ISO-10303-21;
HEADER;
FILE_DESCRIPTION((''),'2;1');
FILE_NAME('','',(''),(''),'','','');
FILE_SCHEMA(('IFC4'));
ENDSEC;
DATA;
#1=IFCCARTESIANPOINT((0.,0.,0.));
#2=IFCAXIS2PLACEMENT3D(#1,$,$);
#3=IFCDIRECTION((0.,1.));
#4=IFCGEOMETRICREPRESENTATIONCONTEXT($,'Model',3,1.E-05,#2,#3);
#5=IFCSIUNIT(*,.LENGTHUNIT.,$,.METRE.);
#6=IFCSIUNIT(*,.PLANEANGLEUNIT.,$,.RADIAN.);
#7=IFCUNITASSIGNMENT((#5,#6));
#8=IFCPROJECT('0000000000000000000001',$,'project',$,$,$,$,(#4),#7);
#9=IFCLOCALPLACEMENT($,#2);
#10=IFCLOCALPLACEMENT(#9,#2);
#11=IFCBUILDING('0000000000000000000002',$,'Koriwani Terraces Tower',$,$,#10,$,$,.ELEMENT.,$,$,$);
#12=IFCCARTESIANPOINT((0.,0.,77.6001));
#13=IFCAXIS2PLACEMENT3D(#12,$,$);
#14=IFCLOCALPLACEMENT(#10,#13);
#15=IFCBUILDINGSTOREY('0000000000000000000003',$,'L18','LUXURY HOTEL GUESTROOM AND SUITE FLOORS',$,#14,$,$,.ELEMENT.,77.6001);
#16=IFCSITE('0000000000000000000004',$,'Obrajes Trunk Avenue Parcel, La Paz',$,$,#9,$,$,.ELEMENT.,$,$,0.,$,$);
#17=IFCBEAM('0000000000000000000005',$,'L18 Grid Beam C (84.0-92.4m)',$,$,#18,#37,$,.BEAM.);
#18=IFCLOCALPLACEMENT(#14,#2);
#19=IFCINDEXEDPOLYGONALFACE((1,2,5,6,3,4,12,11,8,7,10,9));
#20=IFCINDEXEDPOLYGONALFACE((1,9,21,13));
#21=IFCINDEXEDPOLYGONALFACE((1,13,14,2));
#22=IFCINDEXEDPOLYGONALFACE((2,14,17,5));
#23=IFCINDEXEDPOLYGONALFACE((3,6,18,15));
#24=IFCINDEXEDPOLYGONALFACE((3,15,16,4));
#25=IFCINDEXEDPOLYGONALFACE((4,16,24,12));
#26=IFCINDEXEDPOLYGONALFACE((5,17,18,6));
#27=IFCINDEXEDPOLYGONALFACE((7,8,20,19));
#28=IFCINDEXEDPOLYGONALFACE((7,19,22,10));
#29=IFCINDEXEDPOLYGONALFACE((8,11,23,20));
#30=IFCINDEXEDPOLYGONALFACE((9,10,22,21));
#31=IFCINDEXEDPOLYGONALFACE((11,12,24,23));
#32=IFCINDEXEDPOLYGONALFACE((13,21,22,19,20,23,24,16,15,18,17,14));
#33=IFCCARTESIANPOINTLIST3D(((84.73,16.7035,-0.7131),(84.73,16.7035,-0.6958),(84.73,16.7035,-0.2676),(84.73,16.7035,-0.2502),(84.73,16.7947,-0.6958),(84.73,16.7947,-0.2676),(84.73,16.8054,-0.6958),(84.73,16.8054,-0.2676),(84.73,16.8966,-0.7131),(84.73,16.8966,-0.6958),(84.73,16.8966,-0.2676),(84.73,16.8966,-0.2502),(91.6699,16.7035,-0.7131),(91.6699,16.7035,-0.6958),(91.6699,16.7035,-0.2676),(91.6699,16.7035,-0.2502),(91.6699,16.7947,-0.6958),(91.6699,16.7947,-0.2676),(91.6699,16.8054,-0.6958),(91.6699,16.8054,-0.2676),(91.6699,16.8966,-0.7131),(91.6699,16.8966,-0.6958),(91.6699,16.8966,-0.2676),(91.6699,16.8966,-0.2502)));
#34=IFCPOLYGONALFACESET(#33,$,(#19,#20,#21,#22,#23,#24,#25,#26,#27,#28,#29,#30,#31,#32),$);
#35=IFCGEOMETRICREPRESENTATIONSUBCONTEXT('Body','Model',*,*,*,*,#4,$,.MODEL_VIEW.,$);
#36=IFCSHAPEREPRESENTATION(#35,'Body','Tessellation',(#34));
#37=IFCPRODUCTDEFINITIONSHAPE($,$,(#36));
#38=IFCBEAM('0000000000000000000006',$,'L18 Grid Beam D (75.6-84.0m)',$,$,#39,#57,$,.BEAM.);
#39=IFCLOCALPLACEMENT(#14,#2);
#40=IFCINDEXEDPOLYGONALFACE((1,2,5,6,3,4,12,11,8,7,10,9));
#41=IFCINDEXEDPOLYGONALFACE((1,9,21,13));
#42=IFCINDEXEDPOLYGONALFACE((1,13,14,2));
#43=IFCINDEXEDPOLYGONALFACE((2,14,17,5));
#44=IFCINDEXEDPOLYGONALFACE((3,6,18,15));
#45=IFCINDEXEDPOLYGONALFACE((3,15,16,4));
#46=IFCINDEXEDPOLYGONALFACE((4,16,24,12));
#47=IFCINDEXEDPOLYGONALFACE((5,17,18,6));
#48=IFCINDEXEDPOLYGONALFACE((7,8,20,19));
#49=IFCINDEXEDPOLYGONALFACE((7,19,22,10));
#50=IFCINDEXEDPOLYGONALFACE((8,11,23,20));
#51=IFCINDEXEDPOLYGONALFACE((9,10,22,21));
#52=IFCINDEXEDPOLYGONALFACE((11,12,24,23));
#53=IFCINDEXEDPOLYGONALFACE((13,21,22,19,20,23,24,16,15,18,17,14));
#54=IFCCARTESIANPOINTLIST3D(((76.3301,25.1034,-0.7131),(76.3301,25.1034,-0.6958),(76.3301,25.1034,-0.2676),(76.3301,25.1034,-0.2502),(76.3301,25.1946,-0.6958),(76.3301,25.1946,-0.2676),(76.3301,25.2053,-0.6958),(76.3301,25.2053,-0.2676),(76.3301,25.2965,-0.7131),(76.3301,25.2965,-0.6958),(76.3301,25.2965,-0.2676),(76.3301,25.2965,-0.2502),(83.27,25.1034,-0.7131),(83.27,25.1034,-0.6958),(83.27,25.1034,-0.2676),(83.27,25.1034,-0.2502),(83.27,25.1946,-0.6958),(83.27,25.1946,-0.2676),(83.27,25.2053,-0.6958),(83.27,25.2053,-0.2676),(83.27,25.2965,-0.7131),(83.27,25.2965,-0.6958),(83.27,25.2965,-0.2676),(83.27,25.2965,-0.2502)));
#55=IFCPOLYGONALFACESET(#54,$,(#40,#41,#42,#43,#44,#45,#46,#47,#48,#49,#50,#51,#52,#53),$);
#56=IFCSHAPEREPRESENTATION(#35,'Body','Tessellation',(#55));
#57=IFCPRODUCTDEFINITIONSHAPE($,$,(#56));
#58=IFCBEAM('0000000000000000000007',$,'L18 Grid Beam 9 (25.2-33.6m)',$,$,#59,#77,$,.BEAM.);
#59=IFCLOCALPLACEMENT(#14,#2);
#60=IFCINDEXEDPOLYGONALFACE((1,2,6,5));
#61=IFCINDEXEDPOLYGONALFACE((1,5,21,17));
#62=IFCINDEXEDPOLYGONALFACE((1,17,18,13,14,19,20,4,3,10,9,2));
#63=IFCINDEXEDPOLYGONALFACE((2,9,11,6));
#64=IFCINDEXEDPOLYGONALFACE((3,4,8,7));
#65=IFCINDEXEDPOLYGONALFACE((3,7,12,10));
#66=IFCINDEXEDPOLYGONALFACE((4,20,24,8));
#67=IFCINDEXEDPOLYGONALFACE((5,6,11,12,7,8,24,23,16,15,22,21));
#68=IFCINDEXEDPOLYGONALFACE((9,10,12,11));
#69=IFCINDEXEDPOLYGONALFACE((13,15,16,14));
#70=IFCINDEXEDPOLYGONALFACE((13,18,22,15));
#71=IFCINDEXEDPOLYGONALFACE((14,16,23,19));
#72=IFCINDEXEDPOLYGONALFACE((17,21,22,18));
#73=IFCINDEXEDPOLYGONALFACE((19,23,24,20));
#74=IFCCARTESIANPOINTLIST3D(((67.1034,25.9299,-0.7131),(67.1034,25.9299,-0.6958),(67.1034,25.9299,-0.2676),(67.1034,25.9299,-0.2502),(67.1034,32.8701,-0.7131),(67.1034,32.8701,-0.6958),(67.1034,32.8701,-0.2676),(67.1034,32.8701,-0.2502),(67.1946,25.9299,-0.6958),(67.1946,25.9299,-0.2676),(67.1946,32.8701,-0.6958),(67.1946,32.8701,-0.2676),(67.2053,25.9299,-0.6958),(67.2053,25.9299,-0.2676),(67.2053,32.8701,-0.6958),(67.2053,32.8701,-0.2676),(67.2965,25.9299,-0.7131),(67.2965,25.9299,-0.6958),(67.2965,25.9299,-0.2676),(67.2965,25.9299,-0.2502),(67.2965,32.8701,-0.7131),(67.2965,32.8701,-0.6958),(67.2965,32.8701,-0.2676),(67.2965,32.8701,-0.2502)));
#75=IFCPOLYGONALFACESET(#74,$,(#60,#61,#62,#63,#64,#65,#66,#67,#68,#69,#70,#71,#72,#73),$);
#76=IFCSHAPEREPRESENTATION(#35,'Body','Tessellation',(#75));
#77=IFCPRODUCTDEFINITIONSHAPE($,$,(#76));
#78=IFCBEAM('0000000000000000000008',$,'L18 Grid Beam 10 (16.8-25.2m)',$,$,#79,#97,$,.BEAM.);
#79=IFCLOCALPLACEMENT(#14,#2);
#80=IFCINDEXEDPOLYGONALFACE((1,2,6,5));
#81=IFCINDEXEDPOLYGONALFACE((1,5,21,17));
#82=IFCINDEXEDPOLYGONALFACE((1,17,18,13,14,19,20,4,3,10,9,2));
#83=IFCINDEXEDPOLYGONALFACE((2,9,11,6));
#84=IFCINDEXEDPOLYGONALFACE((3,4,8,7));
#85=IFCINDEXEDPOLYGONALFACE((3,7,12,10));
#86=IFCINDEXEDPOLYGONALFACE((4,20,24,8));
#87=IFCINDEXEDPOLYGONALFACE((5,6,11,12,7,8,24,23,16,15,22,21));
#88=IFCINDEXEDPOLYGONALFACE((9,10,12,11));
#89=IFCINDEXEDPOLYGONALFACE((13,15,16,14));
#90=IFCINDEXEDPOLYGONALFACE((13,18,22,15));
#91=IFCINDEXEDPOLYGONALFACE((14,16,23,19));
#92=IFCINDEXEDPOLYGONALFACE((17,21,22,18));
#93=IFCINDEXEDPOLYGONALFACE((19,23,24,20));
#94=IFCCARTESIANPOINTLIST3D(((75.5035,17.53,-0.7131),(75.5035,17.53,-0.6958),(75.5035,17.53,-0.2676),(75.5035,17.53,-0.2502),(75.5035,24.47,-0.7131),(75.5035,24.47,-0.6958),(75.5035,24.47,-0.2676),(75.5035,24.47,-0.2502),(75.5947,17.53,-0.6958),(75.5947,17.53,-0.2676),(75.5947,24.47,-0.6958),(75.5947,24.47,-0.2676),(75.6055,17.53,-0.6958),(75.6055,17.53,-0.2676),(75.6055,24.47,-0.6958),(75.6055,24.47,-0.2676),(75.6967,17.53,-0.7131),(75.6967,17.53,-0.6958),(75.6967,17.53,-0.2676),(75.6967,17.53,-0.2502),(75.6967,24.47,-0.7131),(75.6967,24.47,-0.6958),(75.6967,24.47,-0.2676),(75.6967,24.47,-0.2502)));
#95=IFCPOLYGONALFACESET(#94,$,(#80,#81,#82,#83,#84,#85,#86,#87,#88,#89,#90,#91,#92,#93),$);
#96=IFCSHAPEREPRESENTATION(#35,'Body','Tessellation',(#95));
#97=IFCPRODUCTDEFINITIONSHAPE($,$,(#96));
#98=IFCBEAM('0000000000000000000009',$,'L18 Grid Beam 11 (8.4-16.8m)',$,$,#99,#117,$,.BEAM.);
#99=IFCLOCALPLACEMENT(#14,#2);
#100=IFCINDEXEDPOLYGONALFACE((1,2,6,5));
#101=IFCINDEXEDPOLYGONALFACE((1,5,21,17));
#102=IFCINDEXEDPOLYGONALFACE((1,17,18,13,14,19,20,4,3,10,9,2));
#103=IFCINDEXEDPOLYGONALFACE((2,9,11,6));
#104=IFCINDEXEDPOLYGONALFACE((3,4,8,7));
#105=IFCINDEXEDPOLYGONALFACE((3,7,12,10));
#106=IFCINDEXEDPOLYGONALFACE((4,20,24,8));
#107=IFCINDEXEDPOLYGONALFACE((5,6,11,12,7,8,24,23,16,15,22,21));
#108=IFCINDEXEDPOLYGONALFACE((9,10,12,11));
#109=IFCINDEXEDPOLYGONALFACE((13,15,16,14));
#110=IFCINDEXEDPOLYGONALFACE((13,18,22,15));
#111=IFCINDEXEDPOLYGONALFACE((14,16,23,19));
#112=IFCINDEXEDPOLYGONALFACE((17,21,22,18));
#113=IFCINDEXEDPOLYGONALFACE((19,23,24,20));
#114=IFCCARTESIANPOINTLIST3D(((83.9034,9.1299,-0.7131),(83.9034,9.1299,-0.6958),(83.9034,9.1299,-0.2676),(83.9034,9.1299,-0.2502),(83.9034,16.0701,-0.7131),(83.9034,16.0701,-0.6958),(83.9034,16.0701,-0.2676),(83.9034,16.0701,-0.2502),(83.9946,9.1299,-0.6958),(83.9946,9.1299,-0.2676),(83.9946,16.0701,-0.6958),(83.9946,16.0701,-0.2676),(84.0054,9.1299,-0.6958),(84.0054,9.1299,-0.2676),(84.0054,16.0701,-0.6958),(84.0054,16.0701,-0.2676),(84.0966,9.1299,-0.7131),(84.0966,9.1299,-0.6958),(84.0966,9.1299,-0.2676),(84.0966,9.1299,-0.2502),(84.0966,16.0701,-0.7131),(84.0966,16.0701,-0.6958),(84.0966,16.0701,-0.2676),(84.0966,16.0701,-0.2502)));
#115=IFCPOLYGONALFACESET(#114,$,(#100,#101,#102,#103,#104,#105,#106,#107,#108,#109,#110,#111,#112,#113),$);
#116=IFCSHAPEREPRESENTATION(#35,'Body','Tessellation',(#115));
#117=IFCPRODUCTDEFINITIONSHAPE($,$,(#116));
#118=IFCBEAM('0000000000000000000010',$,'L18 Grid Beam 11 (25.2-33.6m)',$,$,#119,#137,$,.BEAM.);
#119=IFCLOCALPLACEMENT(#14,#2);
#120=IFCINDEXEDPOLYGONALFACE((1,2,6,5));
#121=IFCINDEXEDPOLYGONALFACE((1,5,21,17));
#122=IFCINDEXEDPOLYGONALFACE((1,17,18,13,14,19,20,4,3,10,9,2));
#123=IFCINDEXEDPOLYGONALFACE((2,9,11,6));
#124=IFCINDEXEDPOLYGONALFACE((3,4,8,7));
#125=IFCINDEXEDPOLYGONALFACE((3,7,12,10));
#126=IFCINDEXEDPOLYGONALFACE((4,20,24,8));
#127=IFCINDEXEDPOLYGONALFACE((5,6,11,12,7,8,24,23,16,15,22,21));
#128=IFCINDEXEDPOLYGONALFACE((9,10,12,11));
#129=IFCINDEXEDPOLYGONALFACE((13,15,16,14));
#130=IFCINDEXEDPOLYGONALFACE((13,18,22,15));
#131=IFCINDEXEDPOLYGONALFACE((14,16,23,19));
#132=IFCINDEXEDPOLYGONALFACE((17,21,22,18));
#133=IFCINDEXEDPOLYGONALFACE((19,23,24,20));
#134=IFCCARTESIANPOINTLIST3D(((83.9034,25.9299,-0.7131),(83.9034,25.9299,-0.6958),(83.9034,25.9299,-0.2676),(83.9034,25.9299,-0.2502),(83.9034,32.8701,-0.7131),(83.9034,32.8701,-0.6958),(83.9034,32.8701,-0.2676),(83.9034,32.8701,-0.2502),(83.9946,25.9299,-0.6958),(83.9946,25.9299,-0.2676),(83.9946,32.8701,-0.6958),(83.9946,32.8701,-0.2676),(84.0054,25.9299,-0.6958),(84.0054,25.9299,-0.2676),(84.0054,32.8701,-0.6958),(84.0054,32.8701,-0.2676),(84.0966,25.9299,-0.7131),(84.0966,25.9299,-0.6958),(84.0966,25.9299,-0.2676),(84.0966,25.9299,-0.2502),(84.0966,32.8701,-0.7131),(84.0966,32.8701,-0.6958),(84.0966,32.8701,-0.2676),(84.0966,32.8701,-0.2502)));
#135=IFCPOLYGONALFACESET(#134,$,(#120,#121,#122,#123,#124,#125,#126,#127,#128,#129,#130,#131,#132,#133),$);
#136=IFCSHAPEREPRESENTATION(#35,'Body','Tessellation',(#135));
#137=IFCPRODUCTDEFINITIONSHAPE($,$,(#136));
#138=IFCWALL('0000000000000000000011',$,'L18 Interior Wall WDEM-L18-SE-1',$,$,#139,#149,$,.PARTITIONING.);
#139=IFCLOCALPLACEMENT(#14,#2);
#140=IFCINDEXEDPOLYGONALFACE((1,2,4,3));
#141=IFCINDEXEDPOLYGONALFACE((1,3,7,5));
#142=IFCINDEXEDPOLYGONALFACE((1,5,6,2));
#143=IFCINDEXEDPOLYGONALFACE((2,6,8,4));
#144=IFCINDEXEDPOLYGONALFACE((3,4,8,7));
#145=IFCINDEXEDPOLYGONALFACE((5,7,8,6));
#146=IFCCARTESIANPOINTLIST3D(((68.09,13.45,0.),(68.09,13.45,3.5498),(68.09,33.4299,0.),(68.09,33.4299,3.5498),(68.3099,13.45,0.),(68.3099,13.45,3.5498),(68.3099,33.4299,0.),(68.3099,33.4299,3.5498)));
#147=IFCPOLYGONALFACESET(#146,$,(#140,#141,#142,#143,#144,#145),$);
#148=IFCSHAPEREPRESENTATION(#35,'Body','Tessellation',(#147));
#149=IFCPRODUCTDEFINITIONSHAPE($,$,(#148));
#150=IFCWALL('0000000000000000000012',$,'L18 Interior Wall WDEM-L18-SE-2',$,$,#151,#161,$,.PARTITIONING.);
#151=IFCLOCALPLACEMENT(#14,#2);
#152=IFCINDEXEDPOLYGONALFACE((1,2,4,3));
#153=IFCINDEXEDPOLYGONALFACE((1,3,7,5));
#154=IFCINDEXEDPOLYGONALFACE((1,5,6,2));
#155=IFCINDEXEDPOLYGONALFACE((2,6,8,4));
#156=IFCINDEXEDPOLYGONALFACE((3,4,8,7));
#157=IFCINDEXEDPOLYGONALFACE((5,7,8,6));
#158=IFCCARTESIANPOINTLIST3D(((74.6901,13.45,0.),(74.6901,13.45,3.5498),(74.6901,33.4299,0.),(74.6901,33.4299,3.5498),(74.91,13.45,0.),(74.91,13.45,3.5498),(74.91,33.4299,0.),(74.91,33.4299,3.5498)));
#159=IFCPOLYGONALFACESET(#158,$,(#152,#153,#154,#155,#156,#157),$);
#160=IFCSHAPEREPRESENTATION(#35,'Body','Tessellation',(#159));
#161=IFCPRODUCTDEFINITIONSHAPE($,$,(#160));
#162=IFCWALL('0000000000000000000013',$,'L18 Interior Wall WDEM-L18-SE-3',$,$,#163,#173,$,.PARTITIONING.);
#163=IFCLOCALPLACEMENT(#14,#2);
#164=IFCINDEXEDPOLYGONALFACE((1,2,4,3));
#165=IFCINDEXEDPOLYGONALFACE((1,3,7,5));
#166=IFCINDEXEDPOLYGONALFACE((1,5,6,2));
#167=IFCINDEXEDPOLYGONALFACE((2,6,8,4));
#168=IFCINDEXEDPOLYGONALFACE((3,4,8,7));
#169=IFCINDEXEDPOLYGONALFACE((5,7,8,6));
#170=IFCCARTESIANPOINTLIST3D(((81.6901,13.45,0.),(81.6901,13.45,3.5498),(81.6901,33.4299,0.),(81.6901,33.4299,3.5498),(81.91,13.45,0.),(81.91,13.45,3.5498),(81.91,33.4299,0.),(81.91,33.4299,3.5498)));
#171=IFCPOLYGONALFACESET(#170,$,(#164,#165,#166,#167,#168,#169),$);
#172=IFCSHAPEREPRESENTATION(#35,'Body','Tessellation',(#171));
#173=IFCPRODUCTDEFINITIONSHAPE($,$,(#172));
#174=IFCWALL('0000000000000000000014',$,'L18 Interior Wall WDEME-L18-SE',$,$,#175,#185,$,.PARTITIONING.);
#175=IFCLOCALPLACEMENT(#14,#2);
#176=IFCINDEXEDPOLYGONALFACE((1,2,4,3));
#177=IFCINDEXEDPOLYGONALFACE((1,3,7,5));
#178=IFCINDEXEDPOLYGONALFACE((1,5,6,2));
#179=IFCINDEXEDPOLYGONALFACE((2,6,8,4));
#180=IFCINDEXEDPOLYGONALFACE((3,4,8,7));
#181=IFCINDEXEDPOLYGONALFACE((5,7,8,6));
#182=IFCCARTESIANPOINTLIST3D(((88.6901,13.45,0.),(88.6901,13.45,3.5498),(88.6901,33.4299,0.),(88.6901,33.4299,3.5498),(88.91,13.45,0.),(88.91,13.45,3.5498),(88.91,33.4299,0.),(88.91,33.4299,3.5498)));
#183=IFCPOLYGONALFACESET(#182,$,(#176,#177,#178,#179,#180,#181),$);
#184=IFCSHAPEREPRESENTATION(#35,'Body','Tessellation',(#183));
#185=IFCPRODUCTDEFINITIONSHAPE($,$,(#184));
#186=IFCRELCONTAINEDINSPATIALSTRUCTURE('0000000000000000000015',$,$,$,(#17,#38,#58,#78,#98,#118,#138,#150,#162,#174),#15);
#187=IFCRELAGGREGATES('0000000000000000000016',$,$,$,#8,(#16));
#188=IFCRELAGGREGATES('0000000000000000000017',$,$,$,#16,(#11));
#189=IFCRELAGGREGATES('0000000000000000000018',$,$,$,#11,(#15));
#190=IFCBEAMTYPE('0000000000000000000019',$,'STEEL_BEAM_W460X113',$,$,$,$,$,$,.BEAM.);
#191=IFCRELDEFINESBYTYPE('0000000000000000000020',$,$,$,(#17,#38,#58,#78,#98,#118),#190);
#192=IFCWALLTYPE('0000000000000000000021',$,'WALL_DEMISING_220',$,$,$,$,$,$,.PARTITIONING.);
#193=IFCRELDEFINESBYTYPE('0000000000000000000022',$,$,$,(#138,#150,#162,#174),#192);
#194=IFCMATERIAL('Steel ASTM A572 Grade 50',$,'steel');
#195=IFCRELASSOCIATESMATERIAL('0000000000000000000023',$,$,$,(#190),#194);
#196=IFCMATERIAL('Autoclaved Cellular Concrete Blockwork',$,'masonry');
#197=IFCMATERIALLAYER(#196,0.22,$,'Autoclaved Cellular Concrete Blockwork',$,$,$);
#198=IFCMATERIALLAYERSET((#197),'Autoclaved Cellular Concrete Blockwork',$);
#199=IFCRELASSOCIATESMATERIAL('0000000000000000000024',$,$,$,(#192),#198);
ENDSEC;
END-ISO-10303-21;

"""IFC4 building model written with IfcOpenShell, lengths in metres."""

from ifc_helpers import new_model, si_unit, direction, frame, frame_2d, origin, origin_2d, place, context, subcontext, project, spatial, rectangle, i_section, extrude, material, layer, layer_set, material_profile, profile_set, type_object, element, save


model = new_model("IFC4")

# Units and contexts
model_context = context("Model", 3, precision=1e-05, world=origin(), true_north=direction((0.0, 1.0)))
body_context = subcontext(model_context, "Body", "Model", "MODEL_VIEW")
ifc_project = project(units=[si_unit("LENGTHUNIT", "METRE"), si_unit("PLANEANGLEUNIT", "RADIAN")], contexts=[model_context])

# Site, building, storey
site_placement = place(None, origin())
site = spatial("IfcSite", under=ifc_project, at=site_placement, Name="Obrajes Trunk Avenue Parcel, La Paz", CompositionType="ELEMENT", RefElevation=0.0)
building_placement = place(site_placement, origin())
building = spatial("IfcBuilding", under=site, at=building_placement, Name="Koriwani Terraces Tower", CompositionType="ELEMENT")
storey_placement = place(building_placement, frame((0.0, 0.0, 77.6001)))
storey = spatial("IfcBuildingStorey", under=building, at=storey_placement, Name="L18", Description="LUXURY HOTEL GUESTROOM AND SUITE FLOORS", CompositionType="ELEMENT", Elevation=77.6001)

# Beams
ifc_material_1 = material(Name="Steel ASTM A572 Grade 50", Category="steel")
ifc_material_profile_1 = material_profile(ifc_material_1, i_section(OverallWidth=0.1931, OverallDepth=0.4629, WebThickness=0.0107, FlangeThickness=0.0173, at=origin_2d()), Name="Steel ASTM A572 Grade 50", Category="LoadBearing")
ifc_profile_set_1 = profile_set([ifc_material_profile_1], Name="Steel ASTM A572 Grade 50")
beam_type_1 = type_object("IfcBeamType", Name="STEEL_BEAM_W460X113", PredefinedType="BEAM", material=ifc_profile_set_1)
for number, where, z_axis, x_axis, name in (
    (1, (84.73, 16.8, -0.4817), (1.0, 0.0, 0.0), (0.0, 1.0, 0.0), "L18 Grid Beam C (84.0-92.4m)"),
    (2, (76.3301, 25.2, -0.4817), (1.0, 0.0, 0.0), (0.0, 1.0, 0.0), "L18 Grid Beam D (75.6-84.0m)"),
):
    element("IfcBeam", number, at=place(storey_placement, frame(where, z_axis=z_axis, x_axis=x_axis)), inside=storey, type_object=beam_type_1, Name=name, PredefinedType="BEAM", context=body_context, shape_type="SweptSolid", body=[
        extrude(i_section(OverallWidth=0.1931, OverallDepth=0.4629, WebThickness=0.0107, FlangeThickness=0.0173, at=origin_2d()), origin(), (0.0, 0.0, 1.0), 6.9399),
    ])
beam_1_placement = place(storey_placement, frame((67.2, 25.9299, -0.4817), z_axis=(0.0, 1.0, 0.0), x_axis=(-1.0, 0.0, 0.0)))
element("IfcBeam", 3, at=beam_1_placement, inside=storey, type_object=beam_type_1, Name="L18 Grid Beam 9 (25.2-33.6m)", PredefinedType="BEAM", context=body_context, shape_type="SweptSolid", body=[
    extrude(i_section(OverallWidth=0.1931, OverallDepth=0.4629, WebThickness=0.0107, FlangeThickness=0.0173, at=origin_2d()), origin(), (0.0, 0.0, 1.0), 6.9402),
])
beam_2_placement = place(storey_placement, frame((75.6001, 17.53, -0.4817), z_axis=(0.0, 1.0, 0.0), x_axis=(-1.0, 0.0, 0.0)))
element("IfcBeam", 4, at=beam_2_placement, inside=storey, type_object=beam_type_1, Name="L18 Grid Beam 10 (16.8-25.2m)", PredefinedType="BEAM", context=body_context, shape_type="SweptSolid", body=[
    extrude(i_section(OverallWidth=0.1931, OverallDepth=0.4629, WebThickness=0.0107, FlangeThickness=0.0173, at=origin_2d()), origin(), (0.0, 0.0, 1.0), 6.9399),
])
for number, where, z_axis, x_axis, name in (
    (5, (84.0, 9.1299, -0.4817), (0.0, 1.0, 0.0), (-1.0, 0.0, 0.0), "L18 Grid Beam 11 (8.4-16.8m)"),
    (6, (84.0, 25.9299, -0.4817), (0.0, 1.0, 0.0), (-1.0, 0.0, 0.0), "L18 Grid Beam 11 (25.2-33.6m)"),
):
    element("IfcBeam", number, at=place(storey_placement, frame(where, z_axis=z_axis, x_axis=x_axis)), inside=storey, type_object=beam_type_1, Name=name, PredefinedType="BEAM", context=body_context, shape_type="SweptSolid", body=[
        extrude(i_section(OverallWidth=0.1931, OverallDepth=0.4629, WebThickness=0.0107, FlangeThickness=0.0173, at=origin_2d()), origin(), (0.0, 0.0, 1.0), 6.9402),
    ])

# Walls
ifc_material_2 = material(Name="Autoclaved Cellular Concrete Blockwork", Category="masonry")
ifc_layer_1 = layer(ifc_material_2, 0.22, Name="Autoclaved Cellular Concrete Blockwork")
ifc_layer_set_1 = layer_set([ifc_layer_1], Name="Autoclaved Cellular Concrete Blockwork")
wall_type_1 = type_object("IfcWallType", Name="WALL_DEMISING_220", PredefinedType="PARTITIONING", material=ifc_layer_set_1)
for number, where, z_axis, x_axis, name in (
    (7, (68.2, 13.45, 0.0), (0.0, 0.0, 1.0), (0.0, 1.0, 0.0), "L18 Interior Wall WDEM-L18-SE-1"),
    (8, (74.8, 13.45, 0.0), (0.0, 0.0, 1.0), (0.0, 1.0, 0.0), "L18 Interior Wall WDEM-L18-SE-2"),
    (9, (81.8, 13.45, 0.0), (0.0, 0.0, 1.0), (0.0, 1.0, 0.0), "L18 Interior Wall WDEM-L18-SE-3"),
    (10, (88.8, 13.45, 0.0), (0.0, 0.0, 1.0), (0.0, 1.0, 0.0), "L18 Interior Wall WDEME-L18-SE"),
):
    element("IfcWall", number, at=place(storey_placement, frame(where, z_axis=z_axis, x_axis=x_axis)), inside=storey, type_object=wall_type_1, Name=name, PredefinedType="PARTITIONING", context=body_context, shape_type="SweptSolid", body=[
        extrude(rectangle(XDim=19.98, YDim=0.22, at=frame_2d((9.99, 0.0))), origin(), (0.0, 0.0, 1.0), 3.5498),
    ])

save(model, "model.ifc")
